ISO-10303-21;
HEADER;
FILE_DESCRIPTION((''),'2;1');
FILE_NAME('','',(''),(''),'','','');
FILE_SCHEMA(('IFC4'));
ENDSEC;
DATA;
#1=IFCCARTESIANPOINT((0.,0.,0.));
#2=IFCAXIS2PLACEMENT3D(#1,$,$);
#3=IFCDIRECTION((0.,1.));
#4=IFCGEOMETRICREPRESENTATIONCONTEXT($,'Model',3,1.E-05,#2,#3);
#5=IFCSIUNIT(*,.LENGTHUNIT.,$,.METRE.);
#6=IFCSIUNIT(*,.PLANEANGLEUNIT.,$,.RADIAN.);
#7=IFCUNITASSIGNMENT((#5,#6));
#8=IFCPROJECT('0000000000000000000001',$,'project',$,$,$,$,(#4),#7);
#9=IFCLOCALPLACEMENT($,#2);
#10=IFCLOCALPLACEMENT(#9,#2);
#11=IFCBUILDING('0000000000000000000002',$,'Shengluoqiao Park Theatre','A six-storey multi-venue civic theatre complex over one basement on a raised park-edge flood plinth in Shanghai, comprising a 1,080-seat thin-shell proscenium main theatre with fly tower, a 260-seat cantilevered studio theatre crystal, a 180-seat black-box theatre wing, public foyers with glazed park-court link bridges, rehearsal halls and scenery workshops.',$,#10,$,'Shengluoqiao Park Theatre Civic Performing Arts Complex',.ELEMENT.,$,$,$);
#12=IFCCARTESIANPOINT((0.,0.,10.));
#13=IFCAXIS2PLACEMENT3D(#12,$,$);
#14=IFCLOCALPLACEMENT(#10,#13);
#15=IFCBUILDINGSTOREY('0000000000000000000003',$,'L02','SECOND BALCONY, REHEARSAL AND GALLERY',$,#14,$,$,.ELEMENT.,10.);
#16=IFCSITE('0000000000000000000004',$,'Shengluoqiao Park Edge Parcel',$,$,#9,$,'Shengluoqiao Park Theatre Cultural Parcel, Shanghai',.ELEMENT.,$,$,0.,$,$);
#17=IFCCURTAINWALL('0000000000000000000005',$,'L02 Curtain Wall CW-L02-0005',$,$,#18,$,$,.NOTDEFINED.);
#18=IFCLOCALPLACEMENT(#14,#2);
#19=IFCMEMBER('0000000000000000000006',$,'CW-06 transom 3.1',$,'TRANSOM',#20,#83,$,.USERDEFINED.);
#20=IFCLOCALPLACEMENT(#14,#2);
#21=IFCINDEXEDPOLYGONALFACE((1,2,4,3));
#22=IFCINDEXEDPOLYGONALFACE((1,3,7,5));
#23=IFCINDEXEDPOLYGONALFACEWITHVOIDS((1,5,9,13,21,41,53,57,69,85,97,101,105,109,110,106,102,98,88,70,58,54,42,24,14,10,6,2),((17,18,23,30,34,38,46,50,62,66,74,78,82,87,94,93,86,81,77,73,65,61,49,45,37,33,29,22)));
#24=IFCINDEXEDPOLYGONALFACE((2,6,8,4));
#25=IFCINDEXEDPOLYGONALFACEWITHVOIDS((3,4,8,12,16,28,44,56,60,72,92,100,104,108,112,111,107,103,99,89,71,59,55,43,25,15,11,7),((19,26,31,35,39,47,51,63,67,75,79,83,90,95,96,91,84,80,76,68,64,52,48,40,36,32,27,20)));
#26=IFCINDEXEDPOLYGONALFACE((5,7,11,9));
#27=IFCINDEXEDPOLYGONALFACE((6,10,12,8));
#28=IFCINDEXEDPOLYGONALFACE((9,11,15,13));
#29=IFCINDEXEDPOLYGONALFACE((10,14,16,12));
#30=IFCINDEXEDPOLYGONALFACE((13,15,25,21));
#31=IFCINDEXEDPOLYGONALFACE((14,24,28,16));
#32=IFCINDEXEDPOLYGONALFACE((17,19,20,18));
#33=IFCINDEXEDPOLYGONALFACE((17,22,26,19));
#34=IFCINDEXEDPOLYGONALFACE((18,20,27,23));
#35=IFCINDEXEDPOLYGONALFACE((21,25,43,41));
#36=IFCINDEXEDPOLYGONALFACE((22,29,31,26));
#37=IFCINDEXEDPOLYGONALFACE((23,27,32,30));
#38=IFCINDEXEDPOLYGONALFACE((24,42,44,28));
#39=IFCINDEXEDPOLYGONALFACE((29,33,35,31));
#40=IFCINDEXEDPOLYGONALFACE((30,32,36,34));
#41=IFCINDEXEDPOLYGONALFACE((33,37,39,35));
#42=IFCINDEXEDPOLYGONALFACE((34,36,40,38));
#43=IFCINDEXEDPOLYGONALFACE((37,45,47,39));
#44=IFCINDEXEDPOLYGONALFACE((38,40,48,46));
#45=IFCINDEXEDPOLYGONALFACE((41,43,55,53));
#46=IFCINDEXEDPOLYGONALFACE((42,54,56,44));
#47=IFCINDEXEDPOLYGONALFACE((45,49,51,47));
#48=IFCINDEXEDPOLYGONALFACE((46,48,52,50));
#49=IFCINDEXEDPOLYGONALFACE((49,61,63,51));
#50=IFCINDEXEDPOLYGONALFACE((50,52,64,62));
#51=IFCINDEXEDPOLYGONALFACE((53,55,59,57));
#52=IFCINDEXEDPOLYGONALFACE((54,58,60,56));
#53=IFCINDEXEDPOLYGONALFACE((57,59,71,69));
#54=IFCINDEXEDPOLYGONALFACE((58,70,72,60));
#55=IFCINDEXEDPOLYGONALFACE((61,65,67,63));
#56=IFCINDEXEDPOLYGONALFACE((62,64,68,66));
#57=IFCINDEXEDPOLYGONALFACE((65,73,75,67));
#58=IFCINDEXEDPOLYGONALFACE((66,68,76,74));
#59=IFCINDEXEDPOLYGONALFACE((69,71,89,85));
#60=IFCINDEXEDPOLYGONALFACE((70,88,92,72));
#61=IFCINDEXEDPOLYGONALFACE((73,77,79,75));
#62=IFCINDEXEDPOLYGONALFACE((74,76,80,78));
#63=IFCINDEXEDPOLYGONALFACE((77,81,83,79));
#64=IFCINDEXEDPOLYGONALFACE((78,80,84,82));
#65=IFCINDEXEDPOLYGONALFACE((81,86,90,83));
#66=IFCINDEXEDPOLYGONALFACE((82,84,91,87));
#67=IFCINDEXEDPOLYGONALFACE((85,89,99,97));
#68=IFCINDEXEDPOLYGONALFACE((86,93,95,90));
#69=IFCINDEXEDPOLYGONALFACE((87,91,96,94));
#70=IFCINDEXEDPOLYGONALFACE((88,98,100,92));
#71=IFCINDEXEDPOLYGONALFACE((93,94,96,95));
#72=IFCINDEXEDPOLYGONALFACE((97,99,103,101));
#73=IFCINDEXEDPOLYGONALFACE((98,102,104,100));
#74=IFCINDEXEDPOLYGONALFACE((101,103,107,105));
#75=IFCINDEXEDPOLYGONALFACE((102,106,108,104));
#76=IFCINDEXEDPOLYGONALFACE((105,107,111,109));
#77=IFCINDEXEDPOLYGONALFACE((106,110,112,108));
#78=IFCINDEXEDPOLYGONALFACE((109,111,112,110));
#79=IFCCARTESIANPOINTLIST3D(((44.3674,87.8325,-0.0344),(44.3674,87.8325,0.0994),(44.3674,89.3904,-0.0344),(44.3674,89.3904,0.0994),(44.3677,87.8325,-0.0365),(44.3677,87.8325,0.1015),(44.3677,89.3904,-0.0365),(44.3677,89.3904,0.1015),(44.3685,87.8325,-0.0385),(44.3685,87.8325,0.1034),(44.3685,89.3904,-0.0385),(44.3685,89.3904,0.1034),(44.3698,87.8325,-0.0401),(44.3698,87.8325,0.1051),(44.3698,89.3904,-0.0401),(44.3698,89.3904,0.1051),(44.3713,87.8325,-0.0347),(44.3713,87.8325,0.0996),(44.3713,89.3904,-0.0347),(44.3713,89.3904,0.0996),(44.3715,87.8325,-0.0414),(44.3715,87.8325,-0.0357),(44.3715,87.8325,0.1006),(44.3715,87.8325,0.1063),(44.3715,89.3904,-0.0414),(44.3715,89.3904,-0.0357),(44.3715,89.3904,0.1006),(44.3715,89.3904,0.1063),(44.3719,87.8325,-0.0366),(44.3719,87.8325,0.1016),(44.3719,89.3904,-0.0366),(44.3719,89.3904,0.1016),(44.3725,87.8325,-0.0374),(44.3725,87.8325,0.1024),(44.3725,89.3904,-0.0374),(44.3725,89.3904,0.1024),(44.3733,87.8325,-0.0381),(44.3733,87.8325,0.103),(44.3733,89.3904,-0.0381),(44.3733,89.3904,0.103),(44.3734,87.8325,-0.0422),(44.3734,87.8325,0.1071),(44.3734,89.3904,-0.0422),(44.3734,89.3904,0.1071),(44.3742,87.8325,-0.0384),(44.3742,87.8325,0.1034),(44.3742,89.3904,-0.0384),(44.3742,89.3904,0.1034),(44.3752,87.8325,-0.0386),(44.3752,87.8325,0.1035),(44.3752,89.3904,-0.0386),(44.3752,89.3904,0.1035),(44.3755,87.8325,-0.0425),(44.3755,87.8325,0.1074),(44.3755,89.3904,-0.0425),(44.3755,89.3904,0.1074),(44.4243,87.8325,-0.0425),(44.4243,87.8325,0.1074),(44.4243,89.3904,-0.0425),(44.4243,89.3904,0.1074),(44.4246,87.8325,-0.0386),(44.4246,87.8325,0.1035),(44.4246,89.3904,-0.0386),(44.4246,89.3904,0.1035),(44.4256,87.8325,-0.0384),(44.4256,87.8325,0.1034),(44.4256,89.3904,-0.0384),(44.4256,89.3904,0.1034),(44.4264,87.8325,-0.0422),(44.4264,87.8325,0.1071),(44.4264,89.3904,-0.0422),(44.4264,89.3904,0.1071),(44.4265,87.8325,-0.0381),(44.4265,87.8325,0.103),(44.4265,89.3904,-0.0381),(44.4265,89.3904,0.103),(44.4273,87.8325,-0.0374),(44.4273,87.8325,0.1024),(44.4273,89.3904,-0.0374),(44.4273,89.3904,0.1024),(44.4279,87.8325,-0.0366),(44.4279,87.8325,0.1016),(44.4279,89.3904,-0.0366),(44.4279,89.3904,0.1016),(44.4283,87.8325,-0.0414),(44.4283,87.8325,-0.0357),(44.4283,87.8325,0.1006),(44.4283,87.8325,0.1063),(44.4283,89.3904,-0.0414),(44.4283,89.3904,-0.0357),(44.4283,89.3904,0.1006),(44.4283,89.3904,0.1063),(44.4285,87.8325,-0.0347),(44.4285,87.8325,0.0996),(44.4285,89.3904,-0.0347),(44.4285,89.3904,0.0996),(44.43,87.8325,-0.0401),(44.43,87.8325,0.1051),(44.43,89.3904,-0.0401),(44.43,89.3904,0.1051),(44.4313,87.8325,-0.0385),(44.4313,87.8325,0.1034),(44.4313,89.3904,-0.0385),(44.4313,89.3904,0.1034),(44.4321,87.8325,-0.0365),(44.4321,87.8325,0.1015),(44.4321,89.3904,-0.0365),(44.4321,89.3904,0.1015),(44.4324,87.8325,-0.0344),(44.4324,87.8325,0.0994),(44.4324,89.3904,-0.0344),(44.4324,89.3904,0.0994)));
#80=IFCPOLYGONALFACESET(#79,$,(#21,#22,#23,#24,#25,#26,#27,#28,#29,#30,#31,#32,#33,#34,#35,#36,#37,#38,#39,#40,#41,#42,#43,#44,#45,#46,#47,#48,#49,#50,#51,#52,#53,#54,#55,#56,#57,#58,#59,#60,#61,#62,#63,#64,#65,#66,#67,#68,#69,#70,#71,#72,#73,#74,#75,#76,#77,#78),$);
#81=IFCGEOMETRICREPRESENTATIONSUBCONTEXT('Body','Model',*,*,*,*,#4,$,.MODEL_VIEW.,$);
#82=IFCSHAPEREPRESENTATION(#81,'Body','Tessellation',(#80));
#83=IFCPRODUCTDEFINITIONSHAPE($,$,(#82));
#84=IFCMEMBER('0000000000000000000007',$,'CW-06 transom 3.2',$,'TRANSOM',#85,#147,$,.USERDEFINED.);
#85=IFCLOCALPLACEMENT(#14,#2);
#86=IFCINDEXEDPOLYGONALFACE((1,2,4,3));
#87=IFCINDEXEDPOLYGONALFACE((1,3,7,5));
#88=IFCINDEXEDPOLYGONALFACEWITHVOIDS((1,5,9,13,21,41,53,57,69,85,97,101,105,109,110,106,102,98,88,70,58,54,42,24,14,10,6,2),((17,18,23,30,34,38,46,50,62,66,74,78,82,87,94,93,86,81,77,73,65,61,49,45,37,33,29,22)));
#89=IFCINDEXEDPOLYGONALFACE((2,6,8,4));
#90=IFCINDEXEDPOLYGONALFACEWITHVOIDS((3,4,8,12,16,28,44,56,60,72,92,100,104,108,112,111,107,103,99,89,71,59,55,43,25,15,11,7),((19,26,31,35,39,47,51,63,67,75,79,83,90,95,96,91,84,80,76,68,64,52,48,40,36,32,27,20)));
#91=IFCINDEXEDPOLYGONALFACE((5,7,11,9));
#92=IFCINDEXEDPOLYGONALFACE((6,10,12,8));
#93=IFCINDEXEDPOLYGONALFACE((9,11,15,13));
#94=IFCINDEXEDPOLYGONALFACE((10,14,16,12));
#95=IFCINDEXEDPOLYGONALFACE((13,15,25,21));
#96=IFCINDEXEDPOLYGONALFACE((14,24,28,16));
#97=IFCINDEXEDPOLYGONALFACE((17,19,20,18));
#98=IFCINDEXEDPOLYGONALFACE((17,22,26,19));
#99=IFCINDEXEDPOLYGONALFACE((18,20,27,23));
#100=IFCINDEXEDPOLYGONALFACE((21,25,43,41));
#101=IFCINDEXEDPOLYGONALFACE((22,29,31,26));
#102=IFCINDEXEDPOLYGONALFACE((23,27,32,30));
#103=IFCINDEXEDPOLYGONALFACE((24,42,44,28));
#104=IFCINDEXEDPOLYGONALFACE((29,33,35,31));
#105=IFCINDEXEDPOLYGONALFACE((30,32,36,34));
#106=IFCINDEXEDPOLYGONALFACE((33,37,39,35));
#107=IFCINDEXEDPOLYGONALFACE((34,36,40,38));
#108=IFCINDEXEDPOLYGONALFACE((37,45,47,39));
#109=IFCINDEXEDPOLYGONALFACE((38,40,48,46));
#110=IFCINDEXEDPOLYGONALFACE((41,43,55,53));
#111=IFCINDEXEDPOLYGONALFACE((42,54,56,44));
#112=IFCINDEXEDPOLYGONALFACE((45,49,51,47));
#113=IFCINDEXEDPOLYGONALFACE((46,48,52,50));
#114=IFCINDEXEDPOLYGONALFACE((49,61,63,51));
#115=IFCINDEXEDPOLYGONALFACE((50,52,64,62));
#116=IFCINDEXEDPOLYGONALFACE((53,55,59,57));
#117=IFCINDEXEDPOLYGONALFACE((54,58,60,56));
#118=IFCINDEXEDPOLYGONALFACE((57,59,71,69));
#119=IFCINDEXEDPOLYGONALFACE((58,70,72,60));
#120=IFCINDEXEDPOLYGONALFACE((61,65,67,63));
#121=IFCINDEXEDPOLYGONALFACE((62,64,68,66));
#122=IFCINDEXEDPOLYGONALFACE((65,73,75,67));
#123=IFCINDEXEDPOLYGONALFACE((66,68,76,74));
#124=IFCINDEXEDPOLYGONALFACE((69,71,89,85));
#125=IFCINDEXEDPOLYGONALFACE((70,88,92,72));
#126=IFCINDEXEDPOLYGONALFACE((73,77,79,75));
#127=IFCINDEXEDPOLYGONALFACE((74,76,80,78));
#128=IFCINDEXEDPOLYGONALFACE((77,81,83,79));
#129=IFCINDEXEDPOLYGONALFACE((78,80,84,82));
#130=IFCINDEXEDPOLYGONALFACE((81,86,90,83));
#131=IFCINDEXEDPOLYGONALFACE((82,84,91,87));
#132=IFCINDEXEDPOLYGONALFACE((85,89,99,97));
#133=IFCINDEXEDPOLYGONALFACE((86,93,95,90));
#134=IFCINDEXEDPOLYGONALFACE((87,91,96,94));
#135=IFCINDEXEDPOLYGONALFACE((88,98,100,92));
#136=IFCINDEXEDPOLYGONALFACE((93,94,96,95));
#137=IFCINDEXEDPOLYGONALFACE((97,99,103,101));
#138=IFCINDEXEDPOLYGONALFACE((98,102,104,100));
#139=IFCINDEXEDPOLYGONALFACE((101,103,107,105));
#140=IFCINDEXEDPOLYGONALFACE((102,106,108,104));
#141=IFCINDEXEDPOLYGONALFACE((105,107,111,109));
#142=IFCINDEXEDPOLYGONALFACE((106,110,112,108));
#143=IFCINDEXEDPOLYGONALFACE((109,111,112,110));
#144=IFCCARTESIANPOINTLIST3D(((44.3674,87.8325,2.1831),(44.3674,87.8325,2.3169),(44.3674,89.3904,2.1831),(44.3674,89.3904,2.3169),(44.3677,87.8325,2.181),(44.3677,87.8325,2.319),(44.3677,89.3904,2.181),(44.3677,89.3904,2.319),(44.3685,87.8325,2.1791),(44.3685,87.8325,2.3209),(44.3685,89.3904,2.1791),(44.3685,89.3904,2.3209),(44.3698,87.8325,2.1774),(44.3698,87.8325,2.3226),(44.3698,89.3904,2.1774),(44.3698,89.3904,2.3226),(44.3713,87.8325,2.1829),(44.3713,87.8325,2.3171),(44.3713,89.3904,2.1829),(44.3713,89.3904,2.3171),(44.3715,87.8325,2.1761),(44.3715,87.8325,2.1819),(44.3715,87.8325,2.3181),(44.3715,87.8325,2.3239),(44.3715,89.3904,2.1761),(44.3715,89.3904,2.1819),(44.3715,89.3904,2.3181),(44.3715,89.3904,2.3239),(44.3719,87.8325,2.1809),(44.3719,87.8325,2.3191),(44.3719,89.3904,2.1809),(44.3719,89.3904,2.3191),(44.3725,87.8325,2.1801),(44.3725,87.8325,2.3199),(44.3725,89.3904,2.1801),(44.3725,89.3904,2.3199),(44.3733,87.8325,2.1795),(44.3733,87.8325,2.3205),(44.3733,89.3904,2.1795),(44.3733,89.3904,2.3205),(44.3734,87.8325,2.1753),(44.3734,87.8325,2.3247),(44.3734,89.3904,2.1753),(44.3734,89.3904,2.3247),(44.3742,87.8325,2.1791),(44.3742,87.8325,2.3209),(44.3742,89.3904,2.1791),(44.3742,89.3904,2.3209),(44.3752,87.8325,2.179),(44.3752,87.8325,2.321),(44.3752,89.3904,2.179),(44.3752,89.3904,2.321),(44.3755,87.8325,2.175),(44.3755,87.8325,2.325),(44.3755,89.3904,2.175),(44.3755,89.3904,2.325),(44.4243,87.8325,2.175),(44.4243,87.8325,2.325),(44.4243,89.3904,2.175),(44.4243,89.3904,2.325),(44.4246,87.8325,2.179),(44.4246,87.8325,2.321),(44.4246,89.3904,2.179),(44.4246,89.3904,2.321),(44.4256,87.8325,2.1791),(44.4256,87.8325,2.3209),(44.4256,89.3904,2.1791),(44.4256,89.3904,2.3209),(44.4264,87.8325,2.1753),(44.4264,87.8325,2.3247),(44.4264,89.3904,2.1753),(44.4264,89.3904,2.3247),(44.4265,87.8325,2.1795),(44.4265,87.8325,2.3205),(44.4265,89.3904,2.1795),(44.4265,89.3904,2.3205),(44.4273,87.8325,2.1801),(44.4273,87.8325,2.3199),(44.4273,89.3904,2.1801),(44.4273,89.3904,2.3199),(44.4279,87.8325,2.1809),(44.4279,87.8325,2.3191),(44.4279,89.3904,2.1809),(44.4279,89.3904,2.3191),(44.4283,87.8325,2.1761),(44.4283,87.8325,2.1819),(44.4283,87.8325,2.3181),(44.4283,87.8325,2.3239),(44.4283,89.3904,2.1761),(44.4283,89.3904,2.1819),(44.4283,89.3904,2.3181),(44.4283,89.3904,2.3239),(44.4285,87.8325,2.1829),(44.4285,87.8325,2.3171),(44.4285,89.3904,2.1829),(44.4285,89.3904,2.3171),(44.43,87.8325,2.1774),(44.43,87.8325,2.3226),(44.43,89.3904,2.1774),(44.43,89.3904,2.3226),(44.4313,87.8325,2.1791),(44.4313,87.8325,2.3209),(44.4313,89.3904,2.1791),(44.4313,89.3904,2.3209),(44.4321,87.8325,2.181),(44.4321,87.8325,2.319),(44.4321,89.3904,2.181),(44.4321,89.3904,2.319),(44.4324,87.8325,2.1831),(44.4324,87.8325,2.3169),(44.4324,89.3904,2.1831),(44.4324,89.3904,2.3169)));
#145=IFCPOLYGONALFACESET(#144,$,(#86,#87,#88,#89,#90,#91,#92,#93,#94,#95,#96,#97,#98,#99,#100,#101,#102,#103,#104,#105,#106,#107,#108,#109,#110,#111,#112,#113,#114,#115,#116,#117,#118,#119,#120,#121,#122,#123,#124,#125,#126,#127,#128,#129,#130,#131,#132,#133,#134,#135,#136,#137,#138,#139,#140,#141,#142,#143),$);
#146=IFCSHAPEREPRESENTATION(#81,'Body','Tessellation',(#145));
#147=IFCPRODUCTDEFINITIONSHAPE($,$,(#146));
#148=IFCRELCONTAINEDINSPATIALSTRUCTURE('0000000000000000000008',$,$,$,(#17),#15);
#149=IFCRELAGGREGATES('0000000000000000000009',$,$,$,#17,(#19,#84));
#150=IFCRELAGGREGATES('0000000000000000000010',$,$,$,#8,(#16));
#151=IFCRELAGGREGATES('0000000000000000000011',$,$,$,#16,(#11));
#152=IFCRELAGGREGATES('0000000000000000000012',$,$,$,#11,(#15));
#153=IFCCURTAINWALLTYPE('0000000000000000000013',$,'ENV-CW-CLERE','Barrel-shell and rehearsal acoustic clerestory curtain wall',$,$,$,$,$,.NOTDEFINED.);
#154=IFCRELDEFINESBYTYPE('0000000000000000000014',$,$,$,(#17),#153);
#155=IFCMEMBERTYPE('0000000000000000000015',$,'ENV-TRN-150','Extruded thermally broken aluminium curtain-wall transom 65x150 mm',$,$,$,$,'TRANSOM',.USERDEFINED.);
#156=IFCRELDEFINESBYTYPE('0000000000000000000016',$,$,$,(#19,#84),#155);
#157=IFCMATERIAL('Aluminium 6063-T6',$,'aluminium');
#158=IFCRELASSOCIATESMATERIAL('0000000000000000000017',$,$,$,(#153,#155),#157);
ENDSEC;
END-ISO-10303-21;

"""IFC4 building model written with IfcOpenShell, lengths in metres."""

from ifc_helpers import new_model, si_unit, direction, frame, origin, origin_2d, place, context, subcontext, project, spatial, hollow_rectangle, extrude, material, material_profile, profile_set, type_object, element, aggregate, save


model = new_model("IFC4")

# Units and contexts
model_context = context("Model", 3, precision=1e-05, world=origin(), true_north=direction((0.0, 1.0)))
body_context = subcontext(model_context, "Body", "Model", "MODEL_VIEW")
ifc_project = project(units=[si_unit("LENGTHUNIT", "METRE"), si_unit("PLANEANGLEUNIT", "RADIAN")], contexts=[model_context])

# Site, building, storey
site_placement = place(None, origin())
site = spatial("IfcSite", under=ifc_project, at=site_placement, Name="Shengluoqiao Park Edge Parcel", LongName="Shengluoqiao Park Theatre Cultural Parcel, Shanghai", CompositionType="ELEMENT", RefElevation=0.0)
building_placement = place(site_placement, origin())
building = spatial("IfcBuilding", under=site, at=building_placement, Name="Shengluoqiao Park Theatre", Description="A six-storey multi-venue civic theatre complex over one basement on a raised park-edge flood plinth in Shanghai, comprising a 1,080-seat thin-shell proscenium main theatre with fly tower, a 260-seat cantilevered studio theatre crystal, a 180-seat black-box theatre wing, public foyers with glazed park-court link bridges, rehearsal halls and scenery workshops.", LongName="Shengluoqiao Park Theatre Civic Performing Arts Complex", CompositionType="ELEMENT")
storey_placement = place(building_placement, frame((0.0, 0.0, 10.0)))
storey = spatial("IfcBuildingStorey", under=building, at=storey_placement, Name="L02", Description="SECOND BALCONY, REHEARSAL AND GALLERY", CompositionType="ELEMENT", Elevation=10.0)

# Curtain wall
ifc_material_1 = material(Name="Aluminium 6063-T6", Category="aluminium")
curtain_wall_type = type_object("IfcCurtainWallType", Name="ENV-CW-CLERE", Description="Barrel-shell and rehearsal acoustic clerestory curtain wall", PredefinedType="NOTDEFINED", material=ifc_material_1)
curtain_wall_1_placement = place(storey_placement, origin())
curtain_wall_1 = element("IfcCurtainWall", 1, at=curtain_wall_1_placement, inside=storey, type_object=curtain_wall_type, Name="L02 Curtain Wall CW-L02-0005", PredefinedType="NOTDEFINED")

# Members
ifc_material_profile_1 = material_profile(ifc_material_1, hollow_rectangle(XDim=0.0649, YDim=0.1499, WallThickness=0.0039, InnerFilletRadius=0.0039, OuterFilletRadius=0.0081, at=origin_2d()), Name="ALU TRANSOM 150x65x4")
ifc_profile_set_1 = profile_set([ifc_material_profile_1], Name="Aluminium 6063-T6")
member_type_1 = type_object("IfcMemberType", Name="ENV-TRN-150", Description="Extruded thermally broken aluminium curtain-wall transom 65x150 mm", ElementType="TRANSOM", PredefinedType="USERDEFINED", material=ifc_profile_set_1)
member_1_placement = place(storey_placement, frame((44.3999, 87.8325, 0.0325), z_axis=(0.0, 1.0, 0.0), x_axis=(-1.0, 0.0, 0.0)))
member_1 = element("IfcMember", 2, at=member_1_placement, type_object=member_type_1, Name="CW-06 transom 3.1", ObjectType="TRANSOM", PredefinedType="USERDEFINED", context=body_context, shape_type="SweptSolid", body=[
    extrude(hollow_rectangle(XDim=0.0649, YDim=0.1499, WallThickness=0.0039, InnerFilletRadius=0.0039, OuterFilletRadius=0.0081, at=origin_2d()), origin(), (0.0, 0.0, 1.0), 1.5579),
])
member_2_placement = place(storey_placement, frame((44.3999, 87.8325, 2.25), z_axis=(0.0, 1.0, 0.0), x_axis=(-1.0, 0.0, 0.0)))
member_2 = element("IfcMember", 3, at=member_2_placement, type_object=member_type_1, Name="CW-06 transom 3.2", ObjectType="TRANSOM", PredefinedType="USERDEFINED", context=body_context, shape_type="SweptSolid", body=[
    extrude(hollow_rectangle(XDim=0.0649, YDim=0.1499, WallThickness=0.0039, InnerFilletRadius=0.0039, OuterFilletRadius=0.0081, at=origin_2d()), origin(), (0.0, 0.0, 1.0), 1.5579),
])

aggregate(curtain_wall_1, [member_1, member_2])

save(model, "model.ifc")
